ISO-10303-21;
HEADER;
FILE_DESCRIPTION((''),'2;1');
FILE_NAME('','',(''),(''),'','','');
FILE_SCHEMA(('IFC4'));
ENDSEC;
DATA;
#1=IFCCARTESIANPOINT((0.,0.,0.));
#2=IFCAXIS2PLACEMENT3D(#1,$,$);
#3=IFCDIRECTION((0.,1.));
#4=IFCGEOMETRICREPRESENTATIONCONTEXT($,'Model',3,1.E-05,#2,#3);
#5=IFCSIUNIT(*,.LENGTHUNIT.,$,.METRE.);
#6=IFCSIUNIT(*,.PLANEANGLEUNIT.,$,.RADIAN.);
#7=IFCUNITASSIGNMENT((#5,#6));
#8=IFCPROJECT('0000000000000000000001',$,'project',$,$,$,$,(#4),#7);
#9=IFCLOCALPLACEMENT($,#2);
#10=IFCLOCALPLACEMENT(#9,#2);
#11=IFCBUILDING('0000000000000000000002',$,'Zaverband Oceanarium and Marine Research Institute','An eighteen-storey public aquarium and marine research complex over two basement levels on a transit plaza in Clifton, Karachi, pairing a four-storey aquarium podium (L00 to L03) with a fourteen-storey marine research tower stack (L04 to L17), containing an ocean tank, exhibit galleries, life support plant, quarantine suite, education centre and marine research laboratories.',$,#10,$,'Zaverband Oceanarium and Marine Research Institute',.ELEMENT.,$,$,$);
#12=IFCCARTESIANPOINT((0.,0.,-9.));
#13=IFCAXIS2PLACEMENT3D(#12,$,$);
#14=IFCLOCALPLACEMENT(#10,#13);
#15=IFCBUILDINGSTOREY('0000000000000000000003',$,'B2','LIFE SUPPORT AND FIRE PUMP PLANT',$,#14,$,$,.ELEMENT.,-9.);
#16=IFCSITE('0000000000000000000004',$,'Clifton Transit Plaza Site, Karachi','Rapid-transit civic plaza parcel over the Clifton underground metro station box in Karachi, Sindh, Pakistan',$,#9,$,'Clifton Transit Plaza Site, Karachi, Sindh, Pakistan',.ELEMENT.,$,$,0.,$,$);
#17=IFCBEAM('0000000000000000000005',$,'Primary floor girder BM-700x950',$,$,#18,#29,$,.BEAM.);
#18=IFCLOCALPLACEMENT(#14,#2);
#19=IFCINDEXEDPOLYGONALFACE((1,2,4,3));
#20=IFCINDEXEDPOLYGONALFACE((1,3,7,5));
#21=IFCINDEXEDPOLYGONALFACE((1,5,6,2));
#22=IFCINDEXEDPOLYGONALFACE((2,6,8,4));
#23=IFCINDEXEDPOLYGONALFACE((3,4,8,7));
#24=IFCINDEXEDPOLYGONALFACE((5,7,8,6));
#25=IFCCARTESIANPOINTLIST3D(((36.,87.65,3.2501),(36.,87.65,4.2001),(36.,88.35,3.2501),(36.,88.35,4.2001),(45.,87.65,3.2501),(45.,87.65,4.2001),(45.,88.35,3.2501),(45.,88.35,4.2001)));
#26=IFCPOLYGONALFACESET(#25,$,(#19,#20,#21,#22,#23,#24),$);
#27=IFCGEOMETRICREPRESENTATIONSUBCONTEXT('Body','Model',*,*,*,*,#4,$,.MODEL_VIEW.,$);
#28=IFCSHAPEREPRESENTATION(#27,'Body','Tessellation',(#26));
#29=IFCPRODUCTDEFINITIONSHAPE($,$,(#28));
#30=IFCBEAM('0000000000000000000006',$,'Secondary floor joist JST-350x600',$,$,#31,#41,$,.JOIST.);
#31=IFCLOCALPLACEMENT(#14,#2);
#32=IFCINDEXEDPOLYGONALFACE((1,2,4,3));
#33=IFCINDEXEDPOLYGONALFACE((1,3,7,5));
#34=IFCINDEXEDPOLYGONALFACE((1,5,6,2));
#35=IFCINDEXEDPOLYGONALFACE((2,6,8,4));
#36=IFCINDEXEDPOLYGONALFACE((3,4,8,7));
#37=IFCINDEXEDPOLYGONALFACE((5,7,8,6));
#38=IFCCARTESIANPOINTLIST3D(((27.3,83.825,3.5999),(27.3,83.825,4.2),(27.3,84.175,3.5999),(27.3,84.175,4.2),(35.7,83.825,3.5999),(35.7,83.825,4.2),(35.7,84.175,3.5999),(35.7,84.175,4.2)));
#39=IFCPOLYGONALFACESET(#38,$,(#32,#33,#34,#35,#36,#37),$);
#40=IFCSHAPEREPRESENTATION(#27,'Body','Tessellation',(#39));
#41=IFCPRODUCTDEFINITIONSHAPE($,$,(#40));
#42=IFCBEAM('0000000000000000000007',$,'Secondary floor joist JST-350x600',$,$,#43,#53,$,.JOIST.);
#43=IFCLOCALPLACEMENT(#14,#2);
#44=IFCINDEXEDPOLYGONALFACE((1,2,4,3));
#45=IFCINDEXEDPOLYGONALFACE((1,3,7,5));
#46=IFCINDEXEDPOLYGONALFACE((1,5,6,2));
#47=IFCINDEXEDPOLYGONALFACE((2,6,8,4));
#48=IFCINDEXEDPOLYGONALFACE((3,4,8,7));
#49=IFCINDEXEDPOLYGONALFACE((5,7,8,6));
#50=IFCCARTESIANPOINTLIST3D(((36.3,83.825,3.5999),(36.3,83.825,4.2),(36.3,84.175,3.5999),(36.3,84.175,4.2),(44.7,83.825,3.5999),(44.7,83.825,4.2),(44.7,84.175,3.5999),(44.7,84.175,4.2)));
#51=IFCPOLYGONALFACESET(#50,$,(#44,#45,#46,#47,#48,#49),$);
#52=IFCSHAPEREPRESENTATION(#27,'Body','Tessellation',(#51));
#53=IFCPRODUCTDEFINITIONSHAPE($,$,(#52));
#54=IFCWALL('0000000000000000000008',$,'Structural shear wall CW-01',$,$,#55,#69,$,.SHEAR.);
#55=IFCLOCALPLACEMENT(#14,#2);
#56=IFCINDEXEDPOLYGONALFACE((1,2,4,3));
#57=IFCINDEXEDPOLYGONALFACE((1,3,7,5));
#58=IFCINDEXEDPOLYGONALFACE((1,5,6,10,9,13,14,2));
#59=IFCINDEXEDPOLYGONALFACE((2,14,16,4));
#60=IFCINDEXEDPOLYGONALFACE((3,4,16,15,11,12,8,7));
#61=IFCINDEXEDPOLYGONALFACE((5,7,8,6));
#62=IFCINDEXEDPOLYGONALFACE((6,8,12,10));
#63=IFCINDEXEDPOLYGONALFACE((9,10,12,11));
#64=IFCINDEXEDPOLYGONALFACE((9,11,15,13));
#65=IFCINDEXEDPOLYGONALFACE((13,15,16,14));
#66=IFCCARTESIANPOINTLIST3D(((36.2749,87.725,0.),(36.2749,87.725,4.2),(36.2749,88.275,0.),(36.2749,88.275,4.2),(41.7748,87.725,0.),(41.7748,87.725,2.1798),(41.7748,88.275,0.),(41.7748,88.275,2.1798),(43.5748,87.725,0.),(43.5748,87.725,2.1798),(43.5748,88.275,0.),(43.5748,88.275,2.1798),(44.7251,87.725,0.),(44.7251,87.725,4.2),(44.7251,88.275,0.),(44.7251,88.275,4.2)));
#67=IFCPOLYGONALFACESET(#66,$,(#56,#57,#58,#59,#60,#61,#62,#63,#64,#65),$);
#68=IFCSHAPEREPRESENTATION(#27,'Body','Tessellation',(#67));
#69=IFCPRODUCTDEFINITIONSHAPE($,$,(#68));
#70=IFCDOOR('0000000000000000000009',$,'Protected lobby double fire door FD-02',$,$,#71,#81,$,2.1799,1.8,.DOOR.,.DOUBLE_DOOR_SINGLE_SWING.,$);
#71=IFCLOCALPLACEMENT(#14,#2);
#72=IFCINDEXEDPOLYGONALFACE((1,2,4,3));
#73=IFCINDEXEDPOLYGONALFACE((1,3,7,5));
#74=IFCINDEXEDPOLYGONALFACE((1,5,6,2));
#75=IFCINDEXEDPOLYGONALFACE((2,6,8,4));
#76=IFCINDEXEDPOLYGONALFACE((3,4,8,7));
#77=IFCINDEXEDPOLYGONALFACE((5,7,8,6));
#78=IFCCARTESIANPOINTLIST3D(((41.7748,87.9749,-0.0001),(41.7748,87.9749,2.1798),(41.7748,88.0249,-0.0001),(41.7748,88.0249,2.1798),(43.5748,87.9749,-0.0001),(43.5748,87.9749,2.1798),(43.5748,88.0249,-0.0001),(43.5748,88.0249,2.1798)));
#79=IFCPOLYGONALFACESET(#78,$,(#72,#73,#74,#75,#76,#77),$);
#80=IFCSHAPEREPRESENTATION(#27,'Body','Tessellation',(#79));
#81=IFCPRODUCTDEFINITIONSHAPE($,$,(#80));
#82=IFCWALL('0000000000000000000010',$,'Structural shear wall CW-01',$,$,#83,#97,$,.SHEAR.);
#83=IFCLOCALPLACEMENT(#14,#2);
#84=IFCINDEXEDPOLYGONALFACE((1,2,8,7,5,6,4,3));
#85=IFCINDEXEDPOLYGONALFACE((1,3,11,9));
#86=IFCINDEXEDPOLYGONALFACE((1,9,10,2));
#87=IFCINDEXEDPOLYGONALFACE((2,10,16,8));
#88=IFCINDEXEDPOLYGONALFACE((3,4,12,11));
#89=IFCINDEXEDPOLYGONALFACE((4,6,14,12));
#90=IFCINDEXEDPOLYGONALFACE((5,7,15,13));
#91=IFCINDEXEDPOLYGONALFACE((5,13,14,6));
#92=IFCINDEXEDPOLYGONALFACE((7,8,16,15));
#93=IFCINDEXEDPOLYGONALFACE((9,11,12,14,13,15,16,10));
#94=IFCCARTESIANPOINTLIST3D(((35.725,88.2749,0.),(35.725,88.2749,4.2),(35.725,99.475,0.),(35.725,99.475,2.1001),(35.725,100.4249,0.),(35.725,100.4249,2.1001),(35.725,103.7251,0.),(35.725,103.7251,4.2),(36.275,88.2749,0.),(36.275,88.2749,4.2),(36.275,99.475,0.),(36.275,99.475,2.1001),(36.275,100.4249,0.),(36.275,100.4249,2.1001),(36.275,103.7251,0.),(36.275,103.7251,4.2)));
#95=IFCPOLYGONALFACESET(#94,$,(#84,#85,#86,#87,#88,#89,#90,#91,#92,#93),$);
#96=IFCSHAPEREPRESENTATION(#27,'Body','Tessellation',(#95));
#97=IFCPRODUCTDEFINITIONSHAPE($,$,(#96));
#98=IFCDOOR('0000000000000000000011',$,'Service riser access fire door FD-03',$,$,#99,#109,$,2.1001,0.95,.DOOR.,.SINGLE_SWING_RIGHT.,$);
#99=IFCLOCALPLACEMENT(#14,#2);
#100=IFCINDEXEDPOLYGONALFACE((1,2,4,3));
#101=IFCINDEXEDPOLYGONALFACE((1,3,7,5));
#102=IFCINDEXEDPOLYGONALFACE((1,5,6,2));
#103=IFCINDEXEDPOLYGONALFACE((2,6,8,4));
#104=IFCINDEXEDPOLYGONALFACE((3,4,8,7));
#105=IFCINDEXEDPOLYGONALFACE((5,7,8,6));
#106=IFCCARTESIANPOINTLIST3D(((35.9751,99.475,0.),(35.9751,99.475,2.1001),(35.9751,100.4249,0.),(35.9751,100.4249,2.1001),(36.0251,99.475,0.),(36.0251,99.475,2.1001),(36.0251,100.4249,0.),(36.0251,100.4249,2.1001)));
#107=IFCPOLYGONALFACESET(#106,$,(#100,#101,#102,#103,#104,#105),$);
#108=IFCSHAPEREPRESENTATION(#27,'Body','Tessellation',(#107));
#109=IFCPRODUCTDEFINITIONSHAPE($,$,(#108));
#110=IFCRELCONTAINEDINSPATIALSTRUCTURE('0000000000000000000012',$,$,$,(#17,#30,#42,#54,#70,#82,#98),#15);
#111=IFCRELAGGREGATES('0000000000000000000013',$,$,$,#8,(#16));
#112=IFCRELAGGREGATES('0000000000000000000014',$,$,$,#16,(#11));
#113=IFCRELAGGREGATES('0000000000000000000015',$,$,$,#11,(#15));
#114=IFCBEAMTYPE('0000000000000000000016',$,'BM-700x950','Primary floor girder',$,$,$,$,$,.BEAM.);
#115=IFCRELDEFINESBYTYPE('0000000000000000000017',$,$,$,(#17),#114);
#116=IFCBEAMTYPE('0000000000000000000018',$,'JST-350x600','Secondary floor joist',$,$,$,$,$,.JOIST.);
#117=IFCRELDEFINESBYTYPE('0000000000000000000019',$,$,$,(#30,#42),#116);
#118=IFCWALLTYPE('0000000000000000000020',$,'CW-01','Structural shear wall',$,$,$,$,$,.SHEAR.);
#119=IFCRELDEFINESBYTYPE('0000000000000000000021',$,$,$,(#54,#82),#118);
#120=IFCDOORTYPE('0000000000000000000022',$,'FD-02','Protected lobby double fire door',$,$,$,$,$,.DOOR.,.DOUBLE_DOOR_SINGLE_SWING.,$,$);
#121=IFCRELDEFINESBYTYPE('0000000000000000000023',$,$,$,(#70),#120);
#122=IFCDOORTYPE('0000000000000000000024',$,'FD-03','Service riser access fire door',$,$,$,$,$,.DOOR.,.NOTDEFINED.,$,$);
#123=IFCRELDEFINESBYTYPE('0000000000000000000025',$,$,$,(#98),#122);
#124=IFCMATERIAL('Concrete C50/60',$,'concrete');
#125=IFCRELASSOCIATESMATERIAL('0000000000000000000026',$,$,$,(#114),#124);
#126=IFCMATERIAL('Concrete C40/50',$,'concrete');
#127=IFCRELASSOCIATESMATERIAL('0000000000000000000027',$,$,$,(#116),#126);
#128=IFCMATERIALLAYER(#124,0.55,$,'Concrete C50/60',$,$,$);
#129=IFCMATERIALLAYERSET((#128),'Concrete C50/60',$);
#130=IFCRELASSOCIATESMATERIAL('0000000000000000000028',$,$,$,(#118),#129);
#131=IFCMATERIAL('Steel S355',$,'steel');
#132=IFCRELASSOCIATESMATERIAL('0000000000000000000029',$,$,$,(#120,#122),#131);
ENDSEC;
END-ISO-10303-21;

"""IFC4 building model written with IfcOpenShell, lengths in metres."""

from ifc_helpers import new_model, si_unit, direction, frame, frame_2d, origin, origin_2d, place, context, subcontext, project, spatial, rectangle, extrude, material, layer, layer_set, material_profile, profile_set, type_object, element, fill, save


model = new_model("IFC4")

# Units and contexts
model_context = context("Model", 3, precision=1e-05, world=origin(), true_north=direction((0.0, 1.0)))
body_context = subcontext(model_context, "Body", "Model", "MODEL_VIEW")
ifc_project = project(units=[si_unit("LENGTHUNIT", "METRE"), si_unit("PLANEANGLEUNIT", "RADIAN")], contexts=[model_context])

# Site, building, storey
site_placement = place(None, origin())
site = spatial("IfcSite", under=ifc_project, at=site_placement, Name="Clifton Transit Plaza Site, Karachi", Description="Rapid-transit civic plaza parcel over the Clifton underground metro station box in Karachi, Sindh, Pakistan", LongName="Clifton Transit Plaza Site, Karachi, Sindh, Pakistan", CompositionType="ELEMENT", RefElevation=0.0)
building_placement = place(site_placement, origin())
building = spatial("IfcBuilding", under=site, at=building_placement, Name="Zaverband Oceanarium and Marine Research Institute", Description="An eighteen-storey public aquarium and marine research complex over two basement levels on a transit plaza in Clifton, Karachi, pairing a four-storey aquarium podium (L00 to L03) with a fourteen-storey marine research tower stack (L04 to L17), containing an ocean tank, exhibit galleries, life support plant, quarantine suite, education centre and marine research laboratories.", LongName="Zaverband Oceanarium and Marine Research Institute", CompositionType="ELEMENT")
storey_placement = place(building_placement, frame((0.0, 0.0, -9.0)))
storey = spatial("IfcBuildingStorey", under=building, at=storey_placement, Name="B2", Description="LIFE SUPPORT AND FIRE PUMP PLANT", CompositionType="ELEMENT", Elevation=-9.0)

# Shared definitions
ifc_material_1 = material(Name="Concrete C50/60", Category="concrete")

# Beams
ifc_material_2 = material(Name="Concrete C40/50", Category="concrete")
ifc_material_profile_1 = material_profile(ifc_material_1, rectangle(XDim=0.7, YDim=0.95, at=origin_2d()), Name="RC700x950")
ifc_profile_set_1 = profile_set([ifc_material_profile_1], Name="Concrete C50/60")
beam_type_1 = type_object("IfcBeamType", Name="BM-700x950", Description="Primary floor girder", PredefinedType="BEAM", material=ifc_profile_set_1)
for number, where, z_axis, x_axis, name in (
    (1, (36.0, 88.0, 3.7251), (1.0, 0.0, 0.0), (0.0, 1.0, 0.0), "Primary floor girder BM-700x950"),
):
    element("IfcBeam", number, at=place(storey_placement, frame(where, z_axis=z_axis, x_axis=x_axis)), inside=storey, type_object=beam_type_1, Name=name, PredefinedType="BEAM", context=body_context, shape_type="SweptSolid", body=[
        extrude(rectangle(XDim=0.7, YDim=0.95, at=origin_2d()), origin(), (0.0, 0.0, 1.0), 9.0),
    ])
ifc_material_profile_2 = material_profile(ifc_material_2, rectangle(XDim=0.3501, YDim=0.6001, at=origin_2d()), Name="RC350x600")
ifc_profile_set_2 = profile_set([ifc_material_profile_2], Name="Concrete C40/50")
beam_type_2 = type_object("IfcBeamType", Name="JST-350x600", Description="Secondary floor joist", PredefinedType="JOIST", material=ifc_profile_set_2)
for number, where, z_axis, x_axis, name in (
    (2, (27.3, 84.0, 3.8999), (1.0, 0.0, 0.0), (0.0, 1.0, 0.0), "Secondary floor joist JST-350x600"),
    (3, (36.3, 84.0, 3.8999), (1.0, 0.0, 0.0), (0.0, 1.0, 0.0), "Secondary floor joist JST-350x600"),
):
    element("IfcBeam", number, at=place(storey_placement, frame(where, z_axis=z_axis, x_axis=x_axis)), inside=storey, type_object=beam_type_2, Name=name, PredefinedType="JOIST", context=body_context, shape_type="SweptSolid", body=[
        extrude(rectangle(XDim=0.3501, YDim=0.6001, at=origin_2d()), origin(), (0.0, 0.0, 1.0), 8.3999),
    ])

# Walls, openings, doors
ifc_layer_1 = layer(ifc_material_1, 0.55, Name="Concrete C50/60")
ifc_layer_set_1 = layer_set([ifc_layer_1], Name="Concrete C50/60")
wall_type = type_object("IfcWallType", Name="CW-01", Description="Structural shear wall", PredefinedType="SHEAR", material=ifc_layer_set_1)
wall_1_placement = place(storey_placement, frame((36.2749, 88.0, 0.0), z_axis=(0.0, 0.0, 1.0), x_axis=(1.0, 0.0, 0.0)))
wall_1 = element("IfcWall", 4, at=wall_1_placement, inside=storey, type_object=wall_type, Name="Structural shear wall CW-01", PredefinedType="SHEAR", context=body_context, shape_type="SweptSolid", body=[
    extrude(rectangle(XDim=8.4502, YDim=0.55, at=frame_2d((4.2251, 0.0))), origin(), (0.0, 0.0, 1.0), 4.2),
])
opening_1_placement = place(wall_1_placement, frame((5.5, 0.0, 0.0)))
opening_1 = element("IfcOpeningElement", 5, at=opening_1_placement, cuts=wall_1, PredefinedType="OPENING", context=body_context, shape_type="SweptSolid", body=[
    extrude(rectangle(XDim=1.8, YDim=2.1799, at=frame_2d((0.8999, 1.0898))), frame((0.0, 0.2871, 0.0), z_axis=(0.0, -1.0, 0.0), x_axis=(1.0, 0.0, 0.0)), (0.0, 0.0, 1.0), 0.574),
])
ifc_material_3 = material(Name="Steel S355", Category="steel")
door_type_1 = type_object("IfcDoorType", Name="FD-02", Description="Protected lobby double fire door", OperationType="DOUBLE_DOOR_SINGLE_SWING", PredefinedType="DOOR", material=ifc_material_3)
door_1_placement = place(opening_1_placement, origin())
door_1 = element("IfcDoor", 6, at=door_1_placement, inside=storey, type_object=door_type_1, Name="Protected lobby double fire door FD-02", OperationType="DOUBLE_DOOR_SINGLE_SWING", OverallHeight=2.1799, OverallWidth=1.8, PredefinedType="DOOR", context=body_context, shape_type="SweptSolid", body=[
    extrude(rectangle(XDim=1.8, YDim=2.1799, at=frame_2d((0.8999, 1.0898))), frame((0.0, 0.0249, 0.0), z_axis=(0.0, -1.0, 0.0), x_axis=(1.0, 0.0, 0.0)), (0.0, 0.0, 1.0), 0.05),
])
fill(opening_1, door_1)
wall_2_placement = place(storey_placement, frame((36.0, 88.2749, 0.0), z_axis=(0.0, 0.0, 1.0), x_axis=(0.0, 1.0, 0.0)))
wall_2 = element("IfcWall", 7, at=wall_2_placement, inside=storey, type_object=wall_type, Name="Structural shear wall CW-01", PredefinedType="SHEAR", context=body_context, shape_type="SweptSolid", body=[
    extrude(rectangle(XDim=15.4502, YDim=0.55, at=frame_2d((7.7251, 0.0))), origin(), (0.0, 0.0, 1.0), 4.2),
])
opening_2_placement = place(wall_2_placement, frame((11.2, 0.0, 0.0)))
opening_2 = element("IfcOpeningElement", 8, at=opening_2_placement, cuts=wall_2, PredefinedType="OPENING", context=body_context, shape_type="SweptSolid", body=[
    extrude(rectangle(XDim=0.95, YDim=2.1001, at=frame_2d((0.4751, 1.05))), frame((0.0, 0.2871, 0.0), z_axis=(0.0, -1.0, 0.0), x_axis=(1.0, 0.0, 0.0)), (0.0, 0.0, 1.0), 0.574),
])
door_type_2 = type_object("IfcDoorType", Name="FD-03", Description="Service riser access fire door", OperationType="NOTDEFINED", PredefinedType="DOOR", material=ifc_material_3)
door_2_placement = place(opening_2_placement, origin())
door_2 = element("IfcDoor", 9, at=door_2_placement, inside=storey, type_object=door_type_2, Name="Service riser access fire door FD-03", OperationType="SINGLE_SWING_RIGHT", OverallHeight=2.1001, OverallWidth=0.95, PredefinedType="DOOR", context=body_context, shape_type="SweptSolid", body=[
    extrude(rectangle(XDim=0.95, YDim=2.1001, at=frame_2d((0.4751, 1.05))), frame((0.0, 0.0249, 0.0), z_axis=(0.0, -1.0, 0.0), x_axis=(1.0, 0.0, 0.0)), (0.0, 0.0, 1.0), 0.05),
])
fill(opening_2, door_2)

save(model, "model.ifc")
